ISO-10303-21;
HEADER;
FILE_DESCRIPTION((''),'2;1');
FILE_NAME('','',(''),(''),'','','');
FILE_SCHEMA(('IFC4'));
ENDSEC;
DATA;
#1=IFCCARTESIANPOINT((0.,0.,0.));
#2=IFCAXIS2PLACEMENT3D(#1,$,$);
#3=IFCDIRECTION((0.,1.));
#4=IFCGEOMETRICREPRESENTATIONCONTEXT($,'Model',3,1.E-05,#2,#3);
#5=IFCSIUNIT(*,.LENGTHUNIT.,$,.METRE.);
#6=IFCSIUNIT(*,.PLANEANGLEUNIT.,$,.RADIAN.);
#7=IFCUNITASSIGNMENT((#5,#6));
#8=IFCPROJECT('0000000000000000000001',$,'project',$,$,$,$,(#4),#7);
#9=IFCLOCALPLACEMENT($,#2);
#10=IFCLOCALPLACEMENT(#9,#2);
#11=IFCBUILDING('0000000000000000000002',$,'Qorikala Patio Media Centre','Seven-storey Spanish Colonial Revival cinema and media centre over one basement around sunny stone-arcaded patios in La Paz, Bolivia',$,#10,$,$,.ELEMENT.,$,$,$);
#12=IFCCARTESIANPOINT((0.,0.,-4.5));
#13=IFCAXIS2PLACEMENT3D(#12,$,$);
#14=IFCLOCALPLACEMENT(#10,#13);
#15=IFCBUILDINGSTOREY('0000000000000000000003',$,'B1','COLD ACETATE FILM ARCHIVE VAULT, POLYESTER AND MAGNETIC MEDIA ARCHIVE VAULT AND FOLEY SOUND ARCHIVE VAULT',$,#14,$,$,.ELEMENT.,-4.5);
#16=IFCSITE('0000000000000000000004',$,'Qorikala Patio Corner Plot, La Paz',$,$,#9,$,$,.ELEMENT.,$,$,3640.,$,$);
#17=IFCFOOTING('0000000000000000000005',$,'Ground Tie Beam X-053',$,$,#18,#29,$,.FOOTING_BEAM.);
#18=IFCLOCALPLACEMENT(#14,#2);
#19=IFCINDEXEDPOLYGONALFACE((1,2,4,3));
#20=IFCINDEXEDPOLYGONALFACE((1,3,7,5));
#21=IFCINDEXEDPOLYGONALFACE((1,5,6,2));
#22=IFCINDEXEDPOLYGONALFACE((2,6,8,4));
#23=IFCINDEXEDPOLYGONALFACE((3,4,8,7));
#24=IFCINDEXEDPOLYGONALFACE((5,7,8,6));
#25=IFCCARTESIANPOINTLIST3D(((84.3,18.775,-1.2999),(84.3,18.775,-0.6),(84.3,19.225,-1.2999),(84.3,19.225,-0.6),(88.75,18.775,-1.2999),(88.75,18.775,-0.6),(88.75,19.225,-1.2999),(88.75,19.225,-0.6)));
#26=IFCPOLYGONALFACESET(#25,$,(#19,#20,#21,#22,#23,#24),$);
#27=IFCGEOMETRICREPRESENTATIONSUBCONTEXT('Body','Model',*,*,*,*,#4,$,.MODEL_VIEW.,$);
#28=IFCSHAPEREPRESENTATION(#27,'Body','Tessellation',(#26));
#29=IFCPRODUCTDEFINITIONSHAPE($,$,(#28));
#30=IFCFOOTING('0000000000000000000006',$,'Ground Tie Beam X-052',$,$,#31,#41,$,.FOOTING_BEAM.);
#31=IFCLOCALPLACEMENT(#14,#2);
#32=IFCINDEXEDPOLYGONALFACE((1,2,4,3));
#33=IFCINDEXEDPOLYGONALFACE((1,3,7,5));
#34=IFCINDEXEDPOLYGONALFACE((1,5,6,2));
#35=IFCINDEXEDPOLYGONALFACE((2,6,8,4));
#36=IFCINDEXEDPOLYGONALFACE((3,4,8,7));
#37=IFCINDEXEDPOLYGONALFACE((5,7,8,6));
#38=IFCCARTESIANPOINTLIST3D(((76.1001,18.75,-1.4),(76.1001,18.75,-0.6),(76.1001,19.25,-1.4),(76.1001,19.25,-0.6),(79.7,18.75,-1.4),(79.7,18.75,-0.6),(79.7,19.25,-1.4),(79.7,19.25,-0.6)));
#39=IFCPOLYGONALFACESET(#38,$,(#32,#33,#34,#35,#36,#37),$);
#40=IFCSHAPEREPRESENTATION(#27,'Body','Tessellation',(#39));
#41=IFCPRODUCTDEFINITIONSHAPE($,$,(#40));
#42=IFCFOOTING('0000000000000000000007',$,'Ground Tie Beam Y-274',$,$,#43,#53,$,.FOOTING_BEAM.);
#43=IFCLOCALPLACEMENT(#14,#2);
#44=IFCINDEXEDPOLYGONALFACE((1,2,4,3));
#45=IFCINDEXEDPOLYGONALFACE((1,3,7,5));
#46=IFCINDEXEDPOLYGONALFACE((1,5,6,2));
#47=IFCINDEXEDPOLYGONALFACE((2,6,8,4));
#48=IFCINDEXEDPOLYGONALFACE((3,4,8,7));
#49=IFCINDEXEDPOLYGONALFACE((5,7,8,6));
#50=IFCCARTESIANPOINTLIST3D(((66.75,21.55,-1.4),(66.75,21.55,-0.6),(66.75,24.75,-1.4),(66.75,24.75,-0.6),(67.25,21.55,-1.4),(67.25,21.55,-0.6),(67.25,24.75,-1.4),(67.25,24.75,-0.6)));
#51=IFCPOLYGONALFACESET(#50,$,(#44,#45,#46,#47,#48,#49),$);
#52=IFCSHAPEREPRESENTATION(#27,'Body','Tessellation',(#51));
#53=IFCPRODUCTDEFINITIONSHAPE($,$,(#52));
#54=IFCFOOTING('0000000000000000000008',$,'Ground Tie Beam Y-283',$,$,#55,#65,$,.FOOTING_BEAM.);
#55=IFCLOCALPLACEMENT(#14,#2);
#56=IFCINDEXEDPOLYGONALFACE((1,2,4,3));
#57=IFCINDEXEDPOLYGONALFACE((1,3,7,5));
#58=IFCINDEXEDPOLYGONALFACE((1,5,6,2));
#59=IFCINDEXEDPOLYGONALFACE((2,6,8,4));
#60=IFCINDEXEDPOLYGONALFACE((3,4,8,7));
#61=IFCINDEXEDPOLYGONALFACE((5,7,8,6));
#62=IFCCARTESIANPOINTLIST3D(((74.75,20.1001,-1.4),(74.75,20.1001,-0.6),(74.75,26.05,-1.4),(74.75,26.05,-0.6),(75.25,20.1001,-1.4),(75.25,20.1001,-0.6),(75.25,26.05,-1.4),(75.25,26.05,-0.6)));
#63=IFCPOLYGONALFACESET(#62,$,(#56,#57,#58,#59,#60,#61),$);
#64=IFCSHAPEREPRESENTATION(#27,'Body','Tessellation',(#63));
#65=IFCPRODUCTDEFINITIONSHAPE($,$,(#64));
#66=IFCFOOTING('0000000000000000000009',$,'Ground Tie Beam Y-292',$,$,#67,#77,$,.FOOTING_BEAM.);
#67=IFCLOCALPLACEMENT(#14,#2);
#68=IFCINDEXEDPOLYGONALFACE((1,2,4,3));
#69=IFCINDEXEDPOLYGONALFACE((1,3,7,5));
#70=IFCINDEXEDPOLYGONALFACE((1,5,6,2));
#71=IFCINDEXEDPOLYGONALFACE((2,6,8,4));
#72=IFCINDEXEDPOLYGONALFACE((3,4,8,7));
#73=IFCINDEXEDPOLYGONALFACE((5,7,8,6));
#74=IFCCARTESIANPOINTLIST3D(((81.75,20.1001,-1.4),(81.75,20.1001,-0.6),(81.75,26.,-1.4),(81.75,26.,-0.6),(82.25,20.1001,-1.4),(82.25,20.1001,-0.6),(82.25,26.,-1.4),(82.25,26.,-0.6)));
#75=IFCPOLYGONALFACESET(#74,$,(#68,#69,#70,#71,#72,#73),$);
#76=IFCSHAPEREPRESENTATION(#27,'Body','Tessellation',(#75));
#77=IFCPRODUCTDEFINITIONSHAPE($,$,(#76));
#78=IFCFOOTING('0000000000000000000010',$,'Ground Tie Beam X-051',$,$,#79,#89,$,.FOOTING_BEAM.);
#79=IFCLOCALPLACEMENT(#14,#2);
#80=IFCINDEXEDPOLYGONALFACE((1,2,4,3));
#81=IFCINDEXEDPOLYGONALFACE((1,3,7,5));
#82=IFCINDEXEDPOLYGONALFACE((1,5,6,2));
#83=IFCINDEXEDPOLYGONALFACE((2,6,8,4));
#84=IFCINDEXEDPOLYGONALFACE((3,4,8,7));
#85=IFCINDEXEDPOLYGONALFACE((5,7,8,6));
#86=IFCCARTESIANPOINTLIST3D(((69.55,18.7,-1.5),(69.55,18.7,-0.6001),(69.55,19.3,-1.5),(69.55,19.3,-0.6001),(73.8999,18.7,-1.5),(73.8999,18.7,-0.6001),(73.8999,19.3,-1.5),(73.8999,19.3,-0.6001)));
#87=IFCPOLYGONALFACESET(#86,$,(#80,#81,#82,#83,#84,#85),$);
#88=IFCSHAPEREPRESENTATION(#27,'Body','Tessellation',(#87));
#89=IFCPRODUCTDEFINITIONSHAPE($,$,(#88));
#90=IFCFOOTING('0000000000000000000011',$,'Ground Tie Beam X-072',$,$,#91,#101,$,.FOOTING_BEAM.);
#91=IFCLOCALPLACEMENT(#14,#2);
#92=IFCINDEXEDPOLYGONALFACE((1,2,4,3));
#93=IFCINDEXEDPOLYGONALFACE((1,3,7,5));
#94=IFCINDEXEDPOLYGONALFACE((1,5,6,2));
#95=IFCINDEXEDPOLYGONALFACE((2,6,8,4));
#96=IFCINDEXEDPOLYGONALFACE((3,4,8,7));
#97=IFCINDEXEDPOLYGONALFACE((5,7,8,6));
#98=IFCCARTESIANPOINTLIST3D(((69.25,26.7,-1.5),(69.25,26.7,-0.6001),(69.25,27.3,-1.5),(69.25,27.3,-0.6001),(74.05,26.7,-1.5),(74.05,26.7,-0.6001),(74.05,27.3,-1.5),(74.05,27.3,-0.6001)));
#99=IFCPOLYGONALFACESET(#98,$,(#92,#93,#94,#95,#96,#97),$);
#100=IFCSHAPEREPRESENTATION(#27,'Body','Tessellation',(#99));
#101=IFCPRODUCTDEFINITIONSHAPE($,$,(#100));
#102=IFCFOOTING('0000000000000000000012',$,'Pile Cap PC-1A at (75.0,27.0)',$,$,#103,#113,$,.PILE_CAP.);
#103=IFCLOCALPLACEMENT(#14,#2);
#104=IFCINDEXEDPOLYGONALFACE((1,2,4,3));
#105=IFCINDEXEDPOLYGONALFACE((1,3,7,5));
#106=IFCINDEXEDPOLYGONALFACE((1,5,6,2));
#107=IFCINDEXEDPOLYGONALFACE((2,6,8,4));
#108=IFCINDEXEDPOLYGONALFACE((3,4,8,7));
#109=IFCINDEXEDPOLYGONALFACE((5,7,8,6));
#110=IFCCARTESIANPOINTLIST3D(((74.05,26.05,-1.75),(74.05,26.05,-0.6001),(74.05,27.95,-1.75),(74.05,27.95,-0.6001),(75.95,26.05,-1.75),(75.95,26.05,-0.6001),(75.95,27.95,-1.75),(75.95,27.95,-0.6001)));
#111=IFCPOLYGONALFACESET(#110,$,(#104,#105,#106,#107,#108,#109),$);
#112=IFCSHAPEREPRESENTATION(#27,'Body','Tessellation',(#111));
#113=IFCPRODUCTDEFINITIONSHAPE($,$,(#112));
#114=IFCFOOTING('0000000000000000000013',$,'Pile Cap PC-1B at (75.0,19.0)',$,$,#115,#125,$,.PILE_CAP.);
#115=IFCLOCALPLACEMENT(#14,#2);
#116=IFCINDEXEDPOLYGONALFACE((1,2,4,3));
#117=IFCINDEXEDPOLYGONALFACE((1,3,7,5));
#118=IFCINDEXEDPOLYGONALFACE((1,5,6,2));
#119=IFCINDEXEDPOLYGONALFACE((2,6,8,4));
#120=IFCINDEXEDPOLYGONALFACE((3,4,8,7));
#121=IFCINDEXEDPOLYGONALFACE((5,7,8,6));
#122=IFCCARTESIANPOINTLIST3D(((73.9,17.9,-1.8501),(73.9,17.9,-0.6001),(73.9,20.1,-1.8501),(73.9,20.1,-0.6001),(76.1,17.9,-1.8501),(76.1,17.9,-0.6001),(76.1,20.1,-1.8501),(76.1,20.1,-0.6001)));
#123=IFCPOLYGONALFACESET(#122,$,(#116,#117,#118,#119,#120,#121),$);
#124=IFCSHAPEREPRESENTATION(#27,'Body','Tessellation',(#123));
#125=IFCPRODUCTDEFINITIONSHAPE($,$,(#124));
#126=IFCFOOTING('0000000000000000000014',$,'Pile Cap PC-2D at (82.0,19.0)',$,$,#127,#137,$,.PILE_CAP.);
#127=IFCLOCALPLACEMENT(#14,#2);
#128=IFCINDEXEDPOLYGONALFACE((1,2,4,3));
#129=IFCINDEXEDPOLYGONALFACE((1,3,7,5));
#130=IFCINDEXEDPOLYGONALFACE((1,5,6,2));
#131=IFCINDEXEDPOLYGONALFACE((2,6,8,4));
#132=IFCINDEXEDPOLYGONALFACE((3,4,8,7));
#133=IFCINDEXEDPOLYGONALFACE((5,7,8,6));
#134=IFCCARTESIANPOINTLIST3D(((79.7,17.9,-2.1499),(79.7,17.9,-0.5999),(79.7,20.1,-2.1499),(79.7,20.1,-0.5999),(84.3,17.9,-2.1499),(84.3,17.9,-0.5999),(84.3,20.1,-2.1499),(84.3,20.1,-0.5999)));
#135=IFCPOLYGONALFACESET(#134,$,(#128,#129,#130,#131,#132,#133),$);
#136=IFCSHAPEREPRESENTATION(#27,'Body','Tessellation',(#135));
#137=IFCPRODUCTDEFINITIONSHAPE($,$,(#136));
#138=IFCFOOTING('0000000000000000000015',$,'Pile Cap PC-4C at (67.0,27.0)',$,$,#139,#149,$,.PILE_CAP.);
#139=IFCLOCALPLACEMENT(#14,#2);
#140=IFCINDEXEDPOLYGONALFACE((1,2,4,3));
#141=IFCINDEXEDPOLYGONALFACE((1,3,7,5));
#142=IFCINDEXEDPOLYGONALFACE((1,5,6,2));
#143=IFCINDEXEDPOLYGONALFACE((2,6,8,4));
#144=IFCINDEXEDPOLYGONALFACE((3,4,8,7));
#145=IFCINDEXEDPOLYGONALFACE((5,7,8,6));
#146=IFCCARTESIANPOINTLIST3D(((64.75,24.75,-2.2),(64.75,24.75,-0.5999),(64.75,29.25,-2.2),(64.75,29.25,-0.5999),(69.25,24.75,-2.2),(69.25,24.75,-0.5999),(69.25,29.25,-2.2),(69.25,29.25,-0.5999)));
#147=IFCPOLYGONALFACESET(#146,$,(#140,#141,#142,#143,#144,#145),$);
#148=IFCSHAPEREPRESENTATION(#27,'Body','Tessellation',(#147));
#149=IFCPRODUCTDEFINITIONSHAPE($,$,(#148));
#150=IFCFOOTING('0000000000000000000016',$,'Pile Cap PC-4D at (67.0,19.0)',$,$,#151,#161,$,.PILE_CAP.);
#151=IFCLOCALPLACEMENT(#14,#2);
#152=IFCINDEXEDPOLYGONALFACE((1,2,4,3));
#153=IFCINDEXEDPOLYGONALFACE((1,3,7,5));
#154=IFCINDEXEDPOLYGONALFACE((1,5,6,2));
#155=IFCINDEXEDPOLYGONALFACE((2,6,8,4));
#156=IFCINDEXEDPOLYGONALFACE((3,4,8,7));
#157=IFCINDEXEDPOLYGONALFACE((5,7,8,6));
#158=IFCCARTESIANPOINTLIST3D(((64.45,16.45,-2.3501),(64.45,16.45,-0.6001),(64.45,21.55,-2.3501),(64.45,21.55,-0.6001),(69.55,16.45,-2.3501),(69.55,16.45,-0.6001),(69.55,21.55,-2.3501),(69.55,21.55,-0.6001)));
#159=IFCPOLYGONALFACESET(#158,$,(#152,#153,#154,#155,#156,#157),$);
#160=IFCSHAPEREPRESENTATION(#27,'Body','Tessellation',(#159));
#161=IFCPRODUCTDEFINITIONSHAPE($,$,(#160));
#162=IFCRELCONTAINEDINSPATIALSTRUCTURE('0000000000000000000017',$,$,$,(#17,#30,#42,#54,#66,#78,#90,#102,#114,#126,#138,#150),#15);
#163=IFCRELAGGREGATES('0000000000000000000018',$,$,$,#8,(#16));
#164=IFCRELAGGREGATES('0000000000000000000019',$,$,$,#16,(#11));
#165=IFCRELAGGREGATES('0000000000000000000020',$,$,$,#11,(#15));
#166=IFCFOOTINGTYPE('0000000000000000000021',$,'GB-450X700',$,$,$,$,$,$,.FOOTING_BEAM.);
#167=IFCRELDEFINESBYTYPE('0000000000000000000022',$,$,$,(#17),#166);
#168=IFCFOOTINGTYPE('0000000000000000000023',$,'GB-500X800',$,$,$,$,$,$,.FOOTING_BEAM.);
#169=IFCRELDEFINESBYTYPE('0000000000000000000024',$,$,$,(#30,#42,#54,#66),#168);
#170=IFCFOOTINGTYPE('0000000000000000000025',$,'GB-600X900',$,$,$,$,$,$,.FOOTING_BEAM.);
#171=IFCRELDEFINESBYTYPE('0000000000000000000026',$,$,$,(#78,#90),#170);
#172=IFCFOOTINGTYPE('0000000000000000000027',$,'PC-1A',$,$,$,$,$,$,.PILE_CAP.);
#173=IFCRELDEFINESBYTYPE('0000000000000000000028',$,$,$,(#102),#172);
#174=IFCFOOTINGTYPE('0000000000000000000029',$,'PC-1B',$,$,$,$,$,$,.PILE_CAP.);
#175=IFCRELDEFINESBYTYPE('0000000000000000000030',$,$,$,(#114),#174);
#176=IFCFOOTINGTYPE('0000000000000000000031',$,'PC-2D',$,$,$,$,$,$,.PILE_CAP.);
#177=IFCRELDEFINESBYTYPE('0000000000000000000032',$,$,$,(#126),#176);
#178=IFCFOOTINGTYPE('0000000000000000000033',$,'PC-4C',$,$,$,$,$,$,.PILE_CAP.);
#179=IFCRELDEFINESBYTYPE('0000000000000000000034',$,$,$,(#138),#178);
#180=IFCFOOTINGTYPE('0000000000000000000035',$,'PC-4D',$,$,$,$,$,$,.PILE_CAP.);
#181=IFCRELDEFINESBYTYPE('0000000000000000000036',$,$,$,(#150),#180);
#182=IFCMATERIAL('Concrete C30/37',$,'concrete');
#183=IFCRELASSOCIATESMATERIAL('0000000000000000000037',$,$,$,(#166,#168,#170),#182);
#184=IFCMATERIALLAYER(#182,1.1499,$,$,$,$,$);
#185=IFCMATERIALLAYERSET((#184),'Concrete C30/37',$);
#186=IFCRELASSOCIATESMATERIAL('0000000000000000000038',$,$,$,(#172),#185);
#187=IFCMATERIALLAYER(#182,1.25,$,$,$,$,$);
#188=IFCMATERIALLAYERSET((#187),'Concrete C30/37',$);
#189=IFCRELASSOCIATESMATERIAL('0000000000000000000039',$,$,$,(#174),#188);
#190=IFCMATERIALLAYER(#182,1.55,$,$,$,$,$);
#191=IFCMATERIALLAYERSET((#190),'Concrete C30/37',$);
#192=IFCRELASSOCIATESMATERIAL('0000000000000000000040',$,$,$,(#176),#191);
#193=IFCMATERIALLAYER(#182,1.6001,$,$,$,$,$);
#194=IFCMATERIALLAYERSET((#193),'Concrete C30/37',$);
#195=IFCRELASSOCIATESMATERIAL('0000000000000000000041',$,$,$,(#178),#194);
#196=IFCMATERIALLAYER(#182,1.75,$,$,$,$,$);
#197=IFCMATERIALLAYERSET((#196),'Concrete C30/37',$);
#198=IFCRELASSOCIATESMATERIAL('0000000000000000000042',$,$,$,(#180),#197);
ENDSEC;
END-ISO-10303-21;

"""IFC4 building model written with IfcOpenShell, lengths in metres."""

from ifc_helpers import new_model, si_unit, direction, frame, origin, origin_2d, place, context, subcontext, project, spatial, rectangle, extrude, material, layer, layer_set, material_profile, profile_set, type_object, element, save


model = new_model("IFC4")

# Units and contexts
model_context = context("Model", 3, precision=1e-05, world=origin(), true_north=direction((0.0, 1.0)))
body_context = subcontext(model_context, "Body", "Model", "MODEL_VIEW")
ifc_project = project(units=[si_unit("LENGTHUNIT", "METRE"), si_unit("PLANEANGLEUNIT", "RADIAN")], contexts=[model_context])

# Site, building, storey
site_placement = place(None, origin())
site = spatial("IfcSite", under=ifc_project, at=site_placement, Name="Qorikala Patio Corner Plot, La Paz", CompositionType="ELEMENT", RefElevation=3640.0)
building_placement = place(site_placement, origin())
building = spatial("IfcBuilding", under=site, at=building_placement, Name="Qorikala Patio Media Centre", Description="Seven-storey Spanish Colonial Revival cinema and media centre over one basement around sunny stone-arcaded patios in La Paz, Bolivia", CompositionType="ELEMENT")
storey_placement = place(building_placement, frame((0.0, 0.0, -4.5)))
storey = spatial("IfcBuildingStorey", under=building, at=storey_placement, Name="B1", Description="COLD ACETATE FILM ARCHIVE VAULT, POLYESTER AND MAGNETIC MEDIA ARCHIVE VAULT AND FOLEY SOUND ARCHIVE VAULT", CompositionType="ELEMENT", Elevation=-4.5)

# Footings
ifc_material_1 = material(Name="Concrete C30/37", Category="concrete")
ifc_material_profile_1 = material_profile(ifc_material_1, rectangle(XDim=0.45, YDim=0.7, at=origin_2d()), Name="RC 450x700")
ifc_profile_set_1 = profile_set([ifc_material_profile_1], Name="Concrete C30/37")
footing_type_1 = type_object("IfcFootingType", Name="GB-450X700", PredefinedType="FOOTING_BEAM", material=ifc_profile_set_1)
footing_1_placement = place(storey_placement, frame((84.3, 19.0, -0.95), z_axis=(1.0, 0.0, 0.0), x_axis=(0.0, 1.0, 0.0)))
element("IfcFooting", 1, at=footing_1_placement, inside=storey, type_object=footing_type_1, Name="Ground Tie Beam X-053", PredefinedType="FOOTING_BEAM", context=body_context, shape_type="SweptSolid", body=[
    extrude(rectangle(XDim=0.45, YDim=0.7, at=origin_2d()), origin(), (0.0, 0.0, 1.0), 4.45),
])
ifc_material_profile_2 = material_profile(ifc_material_1, rectangle(XDim=0.5, YDim=0.8, at=origin_2d()), Name="RC 500x800")
ifc_profile_set_2 = profile_set([ifc_material_profile_2], Name="Concrete C30/37")
footing_type_2 = type_object("IfcFootingType", Name="GB-500X800", PredefinedType="FOOTING_BEAM", material=ifc_profile_set_2)
footing_2_placement = place(storey_placement, frame((76.1001, 19.0, -1.0), z_axis=(1.0, 0.0, 0.0), x_axis=(0.0, 1.0, 0.0)))
element("IfcFooting", 2, at=footing_2_placement, inside=storey, type_object=footing_type_2, Name="Ground Tie Beam X-052", PredefinedType="FOOTING_BEAM", context=body_context, shape_type="SweptSolid", body=[
    extrude(rectangle(XDim=0.5, YDim=0.8, at=origin_2d()), origin(), (0.0, 0.0, 1.0), 3.5999),
])
footing_3_placement = place(storey_placement, frame((67.0, 21.55, -1.0), z_axis=(0.0, 1.0, 0.0), x_axis=(-1.0, 0.0, 0.0)))
element("IfcFooting", 3, at=footing_3_placement, inside=storey, type_object=footing_type_2, Name="Ground Tie Beam Y-274", PredefinedType="FOOTING_BEAM", context=body_context, shape_type="SweptSolid", body=[
    extrude(rectangle(XDim=0.5, YDim=0.8, at=origin_2d()), origin(), (0.0, 0.0, 1.0), 3.2),
])
footing_4_placement = place(storey_placement, frame((75.0, 20.1001, -1.0), z_axis=(0.0, 1.0, 0.0), x_axis=(-1.0, 0.0, 0.0)))
element("IfcFooting", 4, at=footing_4_placement, inside=storey, type_object=footing_type_2, Name="Ground Tie Beam Y-283", PredefinedType="FOOTING_BEAM", context=body_context, shape_type="SweptSolid", body=[
    extrude(rectangle(XDim=0.5, YDim=0.8, at=origin_2d()), origin(), (0.0, 0.0, 1.0), 5.95),
])
footing_5_placement = place(storey_placement, frame((82.0, 20.1001, -1.0), z_axis=(0.0, 1.0, 0.0), x_axis=(-1.0, 0.0, 0.0)))
element("IfcFooting", 5, at=footing_5_placement, inside=storey, type_object=footing_type_2, Name="Ground Tie Beam Y-292", PredefinedType="FOOTING_BEAM", context=body_context, shape_type="SweptSolid", body=[
    extrude(rectangle(XDim=0.5, YDim=0.8, at=origin_2d()), origin(), (0.0, 0.0, 1.0), 5.8999),
])
ifc_material_profile_3 = material_profile(ifc_material_1, rectangle(XDim=0.6001, YDim=0.8999, at=origin_2d()), Name="RC 600x900")
ifc_profile_set_3 = profile_set([ifc_material_profile_3], Name="Concrete C30/37")
footing_type_3 = type_object("IfcFootingType", Name="GB-600X900", PredefinedType="FOOTING_BEAM", material=ifc_profile_set_3)
footing_6_placement = place(storey_placement, frame((69.55, 19.0, -1.05), z_axis=(1.0, 0.0, 0.0), x_axis=(0.0, 1.0, 0.0)))
element("IfcFooting", 6, at=footing_6_placement, inside=storey, type_object=footing_type_3, Name="Ground Tie Beam X-051", PredefinedType="FOOTING_BEAM", context=body_context, shape_type="SweptSolid", body=[
    extrude(rectangle(XDim=0.6001, YDim=0.8999, at=origin_2d()), origin(), (0.0, 0.0, 1.0), 4.3499),
])
footing_7_placement = place(storey_placement, frame((69.25, 27.0, -1.05), z_axis=(1.0, 0.0, 0.0), x_axis=(0.0, 1.0, 0.0)))
element("IfcFooting", 7, at=footing_7_placement, inside=storey, type_object=footing_type_3, Name="Ground Tie Beam X-072", PredefinedType="FOOTING_BEAM", context=body_context, shape_type="SweptSolid", body=[
    extrude(rectangle(XDim=0.6001, YDim=0.8999, at=origin_2d()), origin(), (0.0, 0.0, 1.0), 4.8),
])
ifc_layer_1 = layer(ifc_material_1, 1.1499)
ifc_layer_set_1 = layer_set([ifc_layer_1], Name="Concrete C30/37")
footing_type_4 = type_object("IfcFootingType", Name="PC-1A", PredefinedType="PILE_CAP", material=ifc_layer_set_1)
footing_8_placement = place(storey_placement, frame((75.0, 27.0, -1.75), z_axis=(0.0, 0.0, 1.0), x_axis=(1.0, 0.0, 0.0)))
element("IfcFooting", 8, at=footing_8_placement, inside=storey, type_object=footing_type_4, Name="Pile Cap PC-1A at (75.0,27.0)", PredefinedType="PILE_CAP", context=body_context, shape_type="SweptSolid", body=[
    extrude(rectangle(XDim=1.8999, YDim=1.8999, at=origin_2d()), origin(), (0.0, 0.0, 1.0), 1.1499),
])
ifc_layer_2 = layer(ifc_material_1, 1.25)
ifc_layer_set_2 = layer_set([ifc_layer_2], Name="Concrete C30/37")
footing_type_5 = type_object("IfcFootingType", Name="PC-1B", PredefinedType="PILE_CAP", material=ifc_layer_set_2)
footing_9_placement = place(storey_placement, frame((75.0, 19.0, -1.8501), z_axis=(0.0, 0.0, 1.0), x_axis=(1.0, 0.0, 0.0)))
element("IfcFooting", 9, at=footing_9_placement, inside=storey, type_object=footing_type_5, Name="Pile Cap PC-1B at (75.0,19.0)", PredefinedType="PILE_CAP", context=body_context, shape_type="SweptSolid", body=[
    extrude(rectangle(XDim=2.2, YDim=2.2, at=origin_2d()), origin(), (0.0, 0.0, 1.0), 1.25),
])
ifc_layer_3 = layer(ifc_material_1, 1.55)
ifc_layer_set_3 = layer_set([ifc_layer_3], Name="Concrete C30/37")
footing_type_6 = type_object("IfcFootingType", Name="PC-2D", PredefinedType="PILE_CAP", material=ifc_layer_set_3)
footing_10_placement = place(storey_placement, frame((82.0, 19.0, -2.1499), z_axis=(0.0, 0.0, 1.0), x_axis=(1.0, 0.0, 0.0)))
element("IfcFooting", 10, at=footing_10_placement, inside=storey, type_object=footing_type_6, Name="Pile Cap PC-2D at (82.0,19.0)", PredefinedType="PILE_CAP", context=body_context, shape_type="SweptSolid", body=[
    extrude(rectangle(XDim=4.6001, YDim=2.2, at=origin_2d()), origin(), (0.0, 0.0, 1.0), 1.55),
])
ifc_layer_4 = layer(ifc_material_1, 1.6001)
ifc_layer_set_4 = layer_set([ifc_layer_4], Name="Concrete C30/37")
footing_type_7 = type_object("IfcFootingType", Name="PC-4C", PredefinedType="PILE_CAP", material=ifc_layer_set_4)
footing_11_placement = place(storey_placement, frame((67.0, 27.0, -2.2), z_axis=(0.0, 0.0, 1.0), x_axis=(1.0, 0.0, 0.0)))
element("IfcFooting", 11, at=footing_11_placement, inside=storey, type_object=footing_type_7, Name="Pile Cap PC-4C at (67.0,27.0)", PredefinedType="PILE_CAP", context=body_context, shape_type="SweptSolid", body=[
    extrude(rectangle(XDim=4.5, YDim=4.5, at=origin_2d()), origin(), (0.0, 0.0, 1.0), 1.6001),
])
ifc_layer_5 = layer(ifc_material_1, 1.75)
ifc_layer_set_5 = layer_set([ifc_layer_5], Name="Concrete C30/37")
footing_type_8 = type_object("IfcFootingType", Name="PC-4D", PredefinedType="PILE_CAP", material=ifc_layer_set_5)
footing_12_placement = place(storey_placement, frame((67.0, 19.0, -2.3501), z_axis=(0.0, 0.0, 1.0), x_axis=(1.0, 0.0, 0.0)))
element("IfcFooting", 12, at=footing_12_placement, inside=storey, type_object=footing_type_8, Name="Pile Cap PC-4D at (67.0,19.0)", PredefinedType="PILE_CAP", context=body_context, shape_type="SweptSolid", body=[
    extrude(rectangle(XDim=5.1001, YDim=5.1001, at=origin_2d()), origin(), (0.0, 0.0, 1.0), 1.75),
])

save(model, "model.ifc")
